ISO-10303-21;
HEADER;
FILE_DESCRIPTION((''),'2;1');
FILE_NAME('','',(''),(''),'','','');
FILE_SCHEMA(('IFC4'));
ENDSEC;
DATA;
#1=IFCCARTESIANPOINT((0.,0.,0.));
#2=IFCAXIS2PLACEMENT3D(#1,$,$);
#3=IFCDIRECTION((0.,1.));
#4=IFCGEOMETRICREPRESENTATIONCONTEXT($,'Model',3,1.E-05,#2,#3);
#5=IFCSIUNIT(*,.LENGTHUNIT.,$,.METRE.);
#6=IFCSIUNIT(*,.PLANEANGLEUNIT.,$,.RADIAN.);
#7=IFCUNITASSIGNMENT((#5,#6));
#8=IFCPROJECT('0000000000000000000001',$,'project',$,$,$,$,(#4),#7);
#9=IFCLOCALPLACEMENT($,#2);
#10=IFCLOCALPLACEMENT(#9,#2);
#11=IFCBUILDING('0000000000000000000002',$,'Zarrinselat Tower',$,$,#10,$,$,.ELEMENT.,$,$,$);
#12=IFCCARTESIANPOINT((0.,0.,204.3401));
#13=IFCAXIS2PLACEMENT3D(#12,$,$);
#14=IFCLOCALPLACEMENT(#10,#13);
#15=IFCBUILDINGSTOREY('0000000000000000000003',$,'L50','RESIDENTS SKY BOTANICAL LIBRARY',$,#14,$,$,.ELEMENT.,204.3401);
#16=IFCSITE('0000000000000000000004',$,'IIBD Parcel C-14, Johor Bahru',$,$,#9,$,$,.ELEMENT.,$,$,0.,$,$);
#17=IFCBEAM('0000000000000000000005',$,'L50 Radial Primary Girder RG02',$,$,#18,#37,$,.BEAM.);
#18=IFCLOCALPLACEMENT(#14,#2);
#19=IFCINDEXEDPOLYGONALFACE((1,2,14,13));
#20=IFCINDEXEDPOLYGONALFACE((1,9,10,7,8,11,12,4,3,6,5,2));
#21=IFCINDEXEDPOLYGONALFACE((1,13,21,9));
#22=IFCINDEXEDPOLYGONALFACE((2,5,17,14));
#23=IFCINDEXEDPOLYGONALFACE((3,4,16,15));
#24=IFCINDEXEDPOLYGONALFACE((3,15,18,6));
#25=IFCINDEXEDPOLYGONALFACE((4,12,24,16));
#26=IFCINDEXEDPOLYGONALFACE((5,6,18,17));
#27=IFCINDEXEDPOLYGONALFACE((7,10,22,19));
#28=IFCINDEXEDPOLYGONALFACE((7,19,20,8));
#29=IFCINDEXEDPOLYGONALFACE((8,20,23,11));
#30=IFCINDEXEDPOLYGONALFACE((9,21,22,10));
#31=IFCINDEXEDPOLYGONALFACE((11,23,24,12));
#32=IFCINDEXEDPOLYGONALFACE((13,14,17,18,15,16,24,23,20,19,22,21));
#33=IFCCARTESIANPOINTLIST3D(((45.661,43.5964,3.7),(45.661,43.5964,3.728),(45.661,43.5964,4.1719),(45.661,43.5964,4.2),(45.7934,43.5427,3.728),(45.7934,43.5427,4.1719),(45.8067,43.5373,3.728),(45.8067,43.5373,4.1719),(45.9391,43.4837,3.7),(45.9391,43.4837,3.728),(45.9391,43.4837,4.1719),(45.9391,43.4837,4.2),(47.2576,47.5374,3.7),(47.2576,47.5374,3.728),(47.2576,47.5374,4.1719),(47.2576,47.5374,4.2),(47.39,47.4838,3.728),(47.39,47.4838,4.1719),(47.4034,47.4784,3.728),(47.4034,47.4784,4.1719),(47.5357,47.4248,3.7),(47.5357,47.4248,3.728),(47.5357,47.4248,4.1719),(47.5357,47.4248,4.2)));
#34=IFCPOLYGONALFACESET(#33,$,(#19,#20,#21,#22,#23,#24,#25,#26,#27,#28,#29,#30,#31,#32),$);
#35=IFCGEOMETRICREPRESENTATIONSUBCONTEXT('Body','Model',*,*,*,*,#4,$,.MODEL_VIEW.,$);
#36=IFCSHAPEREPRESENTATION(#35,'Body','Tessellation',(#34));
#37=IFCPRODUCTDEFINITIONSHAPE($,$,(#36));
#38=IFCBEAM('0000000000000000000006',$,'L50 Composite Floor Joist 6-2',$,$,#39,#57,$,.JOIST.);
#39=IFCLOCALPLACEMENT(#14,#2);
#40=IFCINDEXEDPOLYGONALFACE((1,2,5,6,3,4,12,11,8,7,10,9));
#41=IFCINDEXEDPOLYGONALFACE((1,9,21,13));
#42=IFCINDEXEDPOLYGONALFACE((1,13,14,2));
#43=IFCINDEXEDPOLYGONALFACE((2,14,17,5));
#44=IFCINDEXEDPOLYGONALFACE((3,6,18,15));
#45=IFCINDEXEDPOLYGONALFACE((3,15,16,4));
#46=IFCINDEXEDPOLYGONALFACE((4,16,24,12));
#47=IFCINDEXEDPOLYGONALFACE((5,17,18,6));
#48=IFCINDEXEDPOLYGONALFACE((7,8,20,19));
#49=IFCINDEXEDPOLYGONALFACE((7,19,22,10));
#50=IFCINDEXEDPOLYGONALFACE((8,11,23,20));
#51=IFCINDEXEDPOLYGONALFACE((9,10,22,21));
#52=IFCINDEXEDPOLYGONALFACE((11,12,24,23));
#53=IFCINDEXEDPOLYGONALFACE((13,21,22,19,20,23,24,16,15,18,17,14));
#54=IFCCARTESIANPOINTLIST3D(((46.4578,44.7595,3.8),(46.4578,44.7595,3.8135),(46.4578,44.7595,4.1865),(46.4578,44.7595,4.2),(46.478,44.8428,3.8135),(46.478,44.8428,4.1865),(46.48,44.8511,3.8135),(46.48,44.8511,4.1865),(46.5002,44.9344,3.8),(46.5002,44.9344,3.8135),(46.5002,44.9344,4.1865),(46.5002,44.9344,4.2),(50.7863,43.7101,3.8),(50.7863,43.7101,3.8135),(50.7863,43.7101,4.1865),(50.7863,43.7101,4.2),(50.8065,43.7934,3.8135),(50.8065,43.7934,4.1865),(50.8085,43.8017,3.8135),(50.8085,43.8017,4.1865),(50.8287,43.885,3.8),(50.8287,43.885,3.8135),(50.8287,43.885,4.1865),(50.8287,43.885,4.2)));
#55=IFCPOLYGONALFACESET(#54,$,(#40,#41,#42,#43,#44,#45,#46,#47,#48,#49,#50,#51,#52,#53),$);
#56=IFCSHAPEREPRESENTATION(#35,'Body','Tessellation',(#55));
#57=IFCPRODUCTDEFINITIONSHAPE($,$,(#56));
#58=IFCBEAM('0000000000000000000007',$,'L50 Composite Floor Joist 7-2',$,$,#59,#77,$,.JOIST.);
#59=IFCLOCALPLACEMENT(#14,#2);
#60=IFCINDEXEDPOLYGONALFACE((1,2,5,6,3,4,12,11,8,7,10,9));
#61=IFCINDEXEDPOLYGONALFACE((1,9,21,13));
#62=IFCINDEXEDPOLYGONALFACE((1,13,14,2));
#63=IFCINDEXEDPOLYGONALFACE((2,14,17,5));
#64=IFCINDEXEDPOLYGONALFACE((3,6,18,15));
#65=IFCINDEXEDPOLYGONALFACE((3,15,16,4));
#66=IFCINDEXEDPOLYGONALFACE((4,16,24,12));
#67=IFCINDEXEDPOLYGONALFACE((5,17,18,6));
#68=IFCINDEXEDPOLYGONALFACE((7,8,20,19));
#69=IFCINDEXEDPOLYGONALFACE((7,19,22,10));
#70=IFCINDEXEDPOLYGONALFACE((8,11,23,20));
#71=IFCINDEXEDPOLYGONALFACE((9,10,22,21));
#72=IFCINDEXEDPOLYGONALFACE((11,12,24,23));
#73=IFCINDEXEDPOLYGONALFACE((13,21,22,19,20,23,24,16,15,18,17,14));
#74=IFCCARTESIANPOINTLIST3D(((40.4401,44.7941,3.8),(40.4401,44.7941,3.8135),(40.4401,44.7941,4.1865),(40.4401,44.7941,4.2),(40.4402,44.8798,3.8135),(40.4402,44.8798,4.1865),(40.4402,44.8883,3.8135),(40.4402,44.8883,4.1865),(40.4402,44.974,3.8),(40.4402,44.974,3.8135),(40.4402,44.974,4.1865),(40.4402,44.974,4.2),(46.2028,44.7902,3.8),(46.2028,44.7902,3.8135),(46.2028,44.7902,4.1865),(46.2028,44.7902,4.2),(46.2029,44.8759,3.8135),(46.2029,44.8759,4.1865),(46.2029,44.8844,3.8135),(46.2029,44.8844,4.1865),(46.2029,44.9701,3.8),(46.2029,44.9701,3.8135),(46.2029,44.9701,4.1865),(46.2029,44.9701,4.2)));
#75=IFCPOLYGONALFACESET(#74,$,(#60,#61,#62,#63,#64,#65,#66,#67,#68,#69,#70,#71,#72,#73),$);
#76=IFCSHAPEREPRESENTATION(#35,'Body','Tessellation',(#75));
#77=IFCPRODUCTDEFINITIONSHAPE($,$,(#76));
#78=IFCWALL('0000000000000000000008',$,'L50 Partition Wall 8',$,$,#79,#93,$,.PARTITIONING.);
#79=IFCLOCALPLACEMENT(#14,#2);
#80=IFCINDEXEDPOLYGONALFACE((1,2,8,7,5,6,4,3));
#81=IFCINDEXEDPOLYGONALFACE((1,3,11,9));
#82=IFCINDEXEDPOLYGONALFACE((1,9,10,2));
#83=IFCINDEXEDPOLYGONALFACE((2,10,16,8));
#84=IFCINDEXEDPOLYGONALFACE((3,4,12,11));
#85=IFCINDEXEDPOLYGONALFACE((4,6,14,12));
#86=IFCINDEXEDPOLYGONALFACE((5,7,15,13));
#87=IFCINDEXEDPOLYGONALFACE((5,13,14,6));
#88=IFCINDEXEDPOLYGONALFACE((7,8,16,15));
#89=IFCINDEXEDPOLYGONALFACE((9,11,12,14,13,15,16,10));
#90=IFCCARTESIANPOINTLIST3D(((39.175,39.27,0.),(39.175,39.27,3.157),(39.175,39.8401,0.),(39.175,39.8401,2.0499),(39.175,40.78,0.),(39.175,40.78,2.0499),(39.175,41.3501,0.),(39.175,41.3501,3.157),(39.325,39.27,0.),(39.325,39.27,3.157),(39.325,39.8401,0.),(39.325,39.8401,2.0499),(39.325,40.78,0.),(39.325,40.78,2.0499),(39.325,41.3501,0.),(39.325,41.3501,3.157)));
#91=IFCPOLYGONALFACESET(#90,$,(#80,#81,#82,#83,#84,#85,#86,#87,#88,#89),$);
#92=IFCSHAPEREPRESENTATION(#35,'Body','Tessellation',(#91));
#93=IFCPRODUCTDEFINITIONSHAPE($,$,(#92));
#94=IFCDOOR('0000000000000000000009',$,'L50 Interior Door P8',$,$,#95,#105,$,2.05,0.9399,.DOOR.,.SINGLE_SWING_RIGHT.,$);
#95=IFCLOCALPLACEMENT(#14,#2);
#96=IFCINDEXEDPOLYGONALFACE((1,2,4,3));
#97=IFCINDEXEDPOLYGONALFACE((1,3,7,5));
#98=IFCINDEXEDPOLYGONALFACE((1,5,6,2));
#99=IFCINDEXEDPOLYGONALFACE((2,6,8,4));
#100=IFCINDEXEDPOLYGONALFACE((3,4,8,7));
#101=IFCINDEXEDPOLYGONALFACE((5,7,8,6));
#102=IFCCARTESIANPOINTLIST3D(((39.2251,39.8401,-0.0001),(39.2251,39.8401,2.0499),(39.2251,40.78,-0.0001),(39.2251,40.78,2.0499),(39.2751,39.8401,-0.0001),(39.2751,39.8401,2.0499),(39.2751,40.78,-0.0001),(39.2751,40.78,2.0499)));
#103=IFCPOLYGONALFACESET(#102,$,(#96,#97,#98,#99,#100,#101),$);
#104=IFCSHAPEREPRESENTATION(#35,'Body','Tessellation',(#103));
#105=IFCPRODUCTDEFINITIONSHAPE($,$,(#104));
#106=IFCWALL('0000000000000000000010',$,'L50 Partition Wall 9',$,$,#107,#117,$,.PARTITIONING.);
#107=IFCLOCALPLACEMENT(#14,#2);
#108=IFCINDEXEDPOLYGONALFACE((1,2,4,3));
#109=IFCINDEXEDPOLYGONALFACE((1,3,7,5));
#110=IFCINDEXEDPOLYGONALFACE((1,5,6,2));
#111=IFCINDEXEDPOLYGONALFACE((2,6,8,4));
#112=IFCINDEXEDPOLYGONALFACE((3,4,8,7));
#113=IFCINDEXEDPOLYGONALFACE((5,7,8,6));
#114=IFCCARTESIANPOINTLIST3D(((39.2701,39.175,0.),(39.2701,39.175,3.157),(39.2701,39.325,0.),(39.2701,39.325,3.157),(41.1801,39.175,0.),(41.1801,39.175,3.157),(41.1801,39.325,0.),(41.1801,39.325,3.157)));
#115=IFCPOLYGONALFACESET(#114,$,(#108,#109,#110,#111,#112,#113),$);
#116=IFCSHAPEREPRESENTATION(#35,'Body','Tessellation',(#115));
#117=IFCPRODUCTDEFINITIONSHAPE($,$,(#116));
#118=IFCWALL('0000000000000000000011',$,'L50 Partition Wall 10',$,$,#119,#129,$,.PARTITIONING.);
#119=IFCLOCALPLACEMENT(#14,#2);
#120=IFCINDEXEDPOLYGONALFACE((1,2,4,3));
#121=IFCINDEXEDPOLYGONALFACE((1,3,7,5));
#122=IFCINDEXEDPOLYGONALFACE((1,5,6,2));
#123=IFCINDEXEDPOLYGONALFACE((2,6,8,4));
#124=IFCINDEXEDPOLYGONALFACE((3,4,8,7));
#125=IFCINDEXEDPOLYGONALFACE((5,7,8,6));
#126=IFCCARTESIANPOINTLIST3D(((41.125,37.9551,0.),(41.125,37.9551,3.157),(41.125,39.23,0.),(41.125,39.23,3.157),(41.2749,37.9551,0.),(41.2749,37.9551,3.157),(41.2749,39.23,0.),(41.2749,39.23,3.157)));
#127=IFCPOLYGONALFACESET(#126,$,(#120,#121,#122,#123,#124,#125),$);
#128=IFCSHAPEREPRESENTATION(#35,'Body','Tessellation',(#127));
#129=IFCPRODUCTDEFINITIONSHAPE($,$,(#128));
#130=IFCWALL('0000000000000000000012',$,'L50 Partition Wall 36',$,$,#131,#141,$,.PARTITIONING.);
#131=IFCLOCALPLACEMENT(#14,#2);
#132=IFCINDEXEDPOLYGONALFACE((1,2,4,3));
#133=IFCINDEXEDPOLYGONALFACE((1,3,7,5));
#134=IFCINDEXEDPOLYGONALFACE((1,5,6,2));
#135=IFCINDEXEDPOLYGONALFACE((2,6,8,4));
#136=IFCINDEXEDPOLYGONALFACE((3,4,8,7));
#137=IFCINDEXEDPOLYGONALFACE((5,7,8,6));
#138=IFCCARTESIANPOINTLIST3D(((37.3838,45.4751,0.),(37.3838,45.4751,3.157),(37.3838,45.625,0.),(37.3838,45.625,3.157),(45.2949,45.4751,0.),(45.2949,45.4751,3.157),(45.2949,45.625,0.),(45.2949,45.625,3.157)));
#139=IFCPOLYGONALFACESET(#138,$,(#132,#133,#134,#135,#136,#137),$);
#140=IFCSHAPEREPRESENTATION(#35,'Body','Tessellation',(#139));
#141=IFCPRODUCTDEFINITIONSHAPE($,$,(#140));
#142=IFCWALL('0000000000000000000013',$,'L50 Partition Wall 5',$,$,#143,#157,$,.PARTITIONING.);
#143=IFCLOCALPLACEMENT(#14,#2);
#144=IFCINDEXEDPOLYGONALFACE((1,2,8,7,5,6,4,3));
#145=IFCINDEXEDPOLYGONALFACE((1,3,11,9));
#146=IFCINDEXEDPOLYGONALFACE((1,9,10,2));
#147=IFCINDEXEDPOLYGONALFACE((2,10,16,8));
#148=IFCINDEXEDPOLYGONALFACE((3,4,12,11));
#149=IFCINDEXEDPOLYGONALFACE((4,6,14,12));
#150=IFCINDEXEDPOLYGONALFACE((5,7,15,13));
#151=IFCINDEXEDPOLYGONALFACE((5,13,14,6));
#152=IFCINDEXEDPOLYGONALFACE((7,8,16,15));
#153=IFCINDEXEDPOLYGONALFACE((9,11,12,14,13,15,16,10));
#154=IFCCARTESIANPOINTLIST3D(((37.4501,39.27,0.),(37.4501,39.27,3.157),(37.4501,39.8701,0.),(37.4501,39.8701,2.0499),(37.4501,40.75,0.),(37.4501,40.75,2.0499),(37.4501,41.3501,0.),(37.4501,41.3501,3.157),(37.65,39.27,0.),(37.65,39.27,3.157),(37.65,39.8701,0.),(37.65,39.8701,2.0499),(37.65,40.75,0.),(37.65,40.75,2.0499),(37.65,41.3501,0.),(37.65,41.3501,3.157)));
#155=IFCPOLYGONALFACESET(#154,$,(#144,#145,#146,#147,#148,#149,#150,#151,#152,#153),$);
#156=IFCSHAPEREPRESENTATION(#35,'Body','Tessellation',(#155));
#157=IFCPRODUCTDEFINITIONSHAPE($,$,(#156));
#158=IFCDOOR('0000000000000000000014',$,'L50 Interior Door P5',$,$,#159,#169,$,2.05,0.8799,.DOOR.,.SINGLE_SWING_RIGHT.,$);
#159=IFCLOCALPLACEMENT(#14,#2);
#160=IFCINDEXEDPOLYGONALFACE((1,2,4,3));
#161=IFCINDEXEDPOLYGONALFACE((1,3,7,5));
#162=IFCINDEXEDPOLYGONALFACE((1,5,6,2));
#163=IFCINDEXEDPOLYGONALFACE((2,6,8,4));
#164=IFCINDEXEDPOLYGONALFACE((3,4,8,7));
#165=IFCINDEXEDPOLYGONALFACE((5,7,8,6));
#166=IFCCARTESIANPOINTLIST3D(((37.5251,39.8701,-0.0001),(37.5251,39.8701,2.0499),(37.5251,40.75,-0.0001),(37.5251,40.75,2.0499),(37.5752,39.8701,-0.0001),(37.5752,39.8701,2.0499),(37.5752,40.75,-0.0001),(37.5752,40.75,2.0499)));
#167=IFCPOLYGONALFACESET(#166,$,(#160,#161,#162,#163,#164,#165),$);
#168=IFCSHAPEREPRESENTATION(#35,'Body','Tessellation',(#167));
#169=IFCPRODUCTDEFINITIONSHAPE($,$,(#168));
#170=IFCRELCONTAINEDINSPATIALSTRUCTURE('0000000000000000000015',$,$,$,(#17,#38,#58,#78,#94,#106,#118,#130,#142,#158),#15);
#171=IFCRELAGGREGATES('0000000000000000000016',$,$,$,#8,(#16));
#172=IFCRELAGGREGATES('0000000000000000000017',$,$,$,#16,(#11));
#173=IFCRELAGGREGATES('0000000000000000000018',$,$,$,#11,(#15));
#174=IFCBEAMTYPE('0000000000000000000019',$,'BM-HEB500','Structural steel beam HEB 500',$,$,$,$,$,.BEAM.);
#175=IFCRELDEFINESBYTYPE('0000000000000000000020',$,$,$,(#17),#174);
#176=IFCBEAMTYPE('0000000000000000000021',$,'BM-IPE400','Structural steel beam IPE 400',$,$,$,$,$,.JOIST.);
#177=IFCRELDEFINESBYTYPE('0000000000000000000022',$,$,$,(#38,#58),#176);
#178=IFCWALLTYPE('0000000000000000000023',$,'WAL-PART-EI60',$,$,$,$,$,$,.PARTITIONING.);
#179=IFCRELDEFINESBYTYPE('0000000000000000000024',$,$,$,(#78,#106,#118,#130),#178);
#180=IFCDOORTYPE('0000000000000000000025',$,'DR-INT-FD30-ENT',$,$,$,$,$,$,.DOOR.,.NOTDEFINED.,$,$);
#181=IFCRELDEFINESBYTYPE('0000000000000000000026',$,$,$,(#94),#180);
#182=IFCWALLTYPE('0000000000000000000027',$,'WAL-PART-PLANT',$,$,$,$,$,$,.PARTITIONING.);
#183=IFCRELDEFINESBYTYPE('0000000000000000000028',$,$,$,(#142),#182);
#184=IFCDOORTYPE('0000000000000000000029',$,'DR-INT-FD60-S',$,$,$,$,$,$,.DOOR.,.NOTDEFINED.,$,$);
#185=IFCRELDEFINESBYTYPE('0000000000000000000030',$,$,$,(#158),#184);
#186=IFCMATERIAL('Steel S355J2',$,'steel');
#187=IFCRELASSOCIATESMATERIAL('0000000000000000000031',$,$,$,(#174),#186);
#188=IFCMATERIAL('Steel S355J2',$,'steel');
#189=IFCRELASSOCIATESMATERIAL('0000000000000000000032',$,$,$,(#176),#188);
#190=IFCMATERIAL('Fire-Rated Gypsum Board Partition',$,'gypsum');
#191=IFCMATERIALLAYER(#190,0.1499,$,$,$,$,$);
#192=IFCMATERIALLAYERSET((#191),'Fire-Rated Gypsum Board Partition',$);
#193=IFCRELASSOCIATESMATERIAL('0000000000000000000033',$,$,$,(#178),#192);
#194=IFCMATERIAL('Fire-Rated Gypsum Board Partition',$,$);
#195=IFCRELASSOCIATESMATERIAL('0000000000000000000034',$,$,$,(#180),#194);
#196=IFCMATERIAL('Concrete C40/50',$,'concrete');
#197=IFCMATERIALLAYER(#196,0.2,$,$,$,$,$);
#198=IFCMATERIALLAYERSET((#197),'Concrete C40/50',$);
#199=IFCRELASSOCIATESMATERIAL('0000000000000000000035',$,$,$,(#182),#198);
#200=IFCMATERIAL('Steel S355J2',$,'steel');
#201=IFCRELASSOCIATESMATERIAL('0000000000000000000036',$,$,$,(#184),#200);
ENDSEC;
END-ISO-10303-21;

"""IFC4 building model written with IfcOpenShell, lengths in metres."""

from ifc_helpers import new_model, si_unit, direction, frame, frame_2d, origin, origin_2d, place, context, subcontext, project, spatial, rectangle, i_section, extrude, material, layer, layer_set, material_profile, profile_set, type_object, element, fill, save


model = new_model("IFC4")

# Units and contexts
model_context = context("Model", 3, precision=1e-05, world=origin(), true_north=direction((0.0, 1.0)))
body_context = subcontext(model_context, "Body", "Model", "MODEL_VIEW")
ifc_project = project(units=[si_unit("LENGTHUNIT", "METRE"), si_unit("PLANEANGLEUNIT", "RADIAN")], contexts=[model_context])

# Site, building, storey
site_placement = place(None, origin())
site = spatial("IfcSite", under=ifc_project, at=site_placement, Name="IIBD Parcel C-14, Johor Bahru", CompositionType="ELEMENT", RefElevation=0.0)
building_placement = place(site_placement, origin())
building = spatial("IfcBuilding", under=site, at=building_placement, Name="Zarrinselat Tower", CompositionType="ELEMENT")
storey_placement = place(building_placement, frame((0.0, 0.0, 204.3401)))
storey = spatial("IfcBuildingStorey", under=building, at=storey_placement, Name="L50", Description="RESIDENTS SKY BOTANICAL LIBRARY", CompositionType="ELEMENT", Elevation=204.3401)

# Beams
ifc_material_1 = material(Name="Steel S355J2", Category="steel")
ifc_material_profile_1 = material_profile(ifc_material_1, i_section(OverallWidth=0.3, OverallDepth=0.5, WebThickness=0.0144, FlangeThickness=0.0281, at=origin_2d()), Name="HEB 500")
ifc_profile_set_1 = profile_set([ifc_material_profile_1], Name="Steel S355J2")
beam_type_1 = type_object("IfcBeamType", Name="BM-HEB500", Description="Structural steel beam HEB 500", PredefinedType="BEAM", material=ifc_profile_set_1)
beam_1_placement = place(storey_placement, frame((45.8, 43.54, 3.95), z_axis=(0.375485, 0.926828, 0.0), x_axis=(-0.926828, 0.375485, 0.0)))
element("IfcBeam", 1, at=beam_1_placement, inside=storey, type_object=beam_type_1, Name="L50 Radial Primary Girder RG02", PredefinedType="BEAM", context=body_context, shape_type="SweptSolid", body=[
    extrude(i_section(OverallWidth=0.3, OverallDepth=0.5, WebThickness=0.0144, FlangeThickness=0.0281, at=origin_2d()), origin(), (0.0, 0.0, 1.0), 4.2522),
])
ifc_material_2 = material(Name="Steel S355J2", Category="steel")
ifc_material_profile_2 = material_profile(ifc_material_2, i_section(OverallWidth=0.1799, OverallDepth=0.3999, WebThickness=0.0085, FlangeThickness=0.0134, at=origin_2d()), Name="IPE 400")
ifc_profile_set_2 = profile_set([ifc_material_profile_2], Name="Steel S355J2")
beam_type_2 = type_object("IfcBeamType", Name="BM-IPE400", Description="Structural steel beam IPE 400", PredefinedType="JOIST", material=ifc_profile_set_2)
beam_2_placement = place(storey_placement, frame((46.479, 44.8469, 4.0), z_axis=(0.971849, -0.235603, 0.0), x_axis=(0.235603, 0.971849, 0.0)))
element("IfcBeam", 2, at=beam_2_placement, inside=storey, type_object=beam_type_2, Name="L50 Composite Floor Joist 6-2", PredefinedType="JOIST", context=body_context, shape_type="SweptSolid", body=[
    extrude(i_section(OverallWidth=0.1799, OverallDepth=0.3999, WebThickness=0.0085, FlangeThickness=0.0134, at=origin_2d()), origin(), (0.0, 0.0, 1.0), 4.4539),
])
beam_3_placement = place(storey_placement, frame((40.4402, 44.884, 4.0), z_axis=(1.0, -0.000678, 0.0), x_axis=(0.000678, 1.0, 0.0)))
element("IfcBeam", 3, at=beam_3_placement, inside=storey, type_object=beam_type_2, Name="L50 Composite Floor Joist 7-2", PredefinedType="JOIST", context=body_context, shape_type="SweptSolid", body=[
    extrude(i_section(OverallWidth=0.1799, OverallDepth=0.3999, WebThickness=0.0085, FlangeThickness=0.0134, at=origin_2d()), origin(), (0.0, 0.0, 1.0), 5.7627),
])

# Wall, opening, door
ifc_material_3 = material(Name="Fire-Rated Gypsum Board Partition", Category="gypsum")
ifc_layer_1 = layer(ifc_material_3, 0.1499)
ifc_layer_set_1 = layer_set([ifc_layer_1], Name="Fire-Rated Gypsum Board Partition")
wall_type_1 = type_object("IfcWallType", Name="WAL-PART-EI60", PredefinedType="PARTITIONING", material=ifc_layer_set_1)
wall_1_placement = place(storey_placement, frame((39.25, 39.27, 0.0), z_axis=(0.0, 0.0, 1.0), x_axis=(0.0, 1.0, 0.0)))
wall_1 = element("IfcWall", 4, at=wall_1_placement, inside=storey, type_object=wall_type_1, Name="L50 Partition Wall 8", PredefinedType="PARTITIONING", context=body_context, shape_type="SweptSolid", body=[
    extrude(rectangle(XDim=2.0801, YDim=0.1499, at=frame_2d((1.04, 0.0))), origin(), (0.0, 0.0, 1.0), 3.157),
])
opening_1_placement = place(wall_1_placement, frame((0.5701, 0.0, 0.0)))
opening_1 = element("IfcOpeningElement", 5, at=opening_1_placement, cuts=wall_1, PredefinedType="OPENING", context=body_context, shape_type="SweptSolid", body=[
    extrude(rectangle(XDim=0.9399, YDim=2.05, at=frame_2d((0.47, 1.0249))), frame((0.0, 0.085, 0.0), z_axis=(0.0, -1.0, 0.0), x_axis=(1.0, 0.0, 0.0)), (0.0, 0.0, 1.0), 0.1699),
])
ifc_material_4 = material(Name="Fire-Rated Gypsum Board Partition")
door_type_1 = type_object("IfcDoorType", Name="DR-INT-FD30-ENT", OperationType="NOTDEFINED", PredefinedType="DOOR", material=ifc_material_4)
door_1_placement = place(opening_1_placement, origin())
door_1 = element("IfcDoor", 6, at=door_1_placement, inside=storey, type_object=door_type_1, Name="L50 Interior Door P8", OperationType="SINGLE_SWING_RIGHT", OverallHeight=2.05, OverallWidth=0.9399, PredefinedType="DOOR", context=body_context, shape_type="SweptSolid", body=[
    extrude(rectangle(XDim=0.9399, YDim=2.05, at=frame_2d((0.47, 1.0249))), frame((0.0, 0.0249, 0.0), z_axis=(0.0, -1.0, 0.0), x_axis=(1.0, 0.0, 0.0)), (0.0, 0.0, 1.0), 0.05),
])
fill(opening_1, door_1)

# Walls
wall_2_placement = place(storey_placement, frame((39.27, 39.25, 0.0), z_axis=(0.0, 0.0, 1.0), x_axis=(1.0, 0.0, 0.0)))
element("IfcWall", 7, at=wall_2_placement, inside=storey, type_object=wall_type_1, Name="L50 Partition Wall 9", PredefinedType="PARTITIONING", context=body_context, shape_type="SweptSolid", body=[
    extrude(rectangle(XDim=1.9099, YDim=0.1499, at=frame_2d((0.9551, 0.0))), origin(), (0.0, 0.0, 1.0), 3.157),
])
wall_3_placement = place(storey_placement, frame((41.2, 37.9551, 0.0), z_axis=(0.0, 0.0, 1.0), x_axis=(0.0, 1.0, 0.0)))
element("IfcWall", 8, at=wall_3_placement, inside=storey, type_object=wall_type_1, Name="L50 Partition Wall 10", PredefinedType="PARTITIONING", context=body_context, shape_type="SweptSolid", body=[
    extrude(rectangle(XDim=1.2749, YDim=0.1499, at=frame_2d((0.6375, 0.0))), origin(), (0.0, 0.0, 1.0), 3.157),
])
wall_4_placement = place(storey_placement, frame((37.3838, 45.55, 0.0), z_axis=(0.0, 0.0, 1.0), x_axis=(1.0, 0.0, 0.0)))
element("IfcWall", 9, at=wall_4_placement, inside=storey, type_object=wall_type_1, Name="L50 Partition Wall 36", PredefinedType="PARTITIONING", context=body_context, shape_type="SweptSolid", body=[
    extrude(rectangle(XDim=7.9111, YDim=0.1499, at=frame_2d((3.9556, 0.0))), origin(), (0.0, 0.0, 1.0), 3.157),
])

# Wall, opening, door
ifc_material_5 = material(Name="Concrete C40/50", Category="concrete")
ifc_layer_2 = layer(ifc_material_5, 0.2)
ifc_layer_set_2 = layer_set([ifc_layer_2], Name="Concrete C40/50")
wall_type_2 = type_object("IfcWallType", Name="WAL-PART-PLANT", PredefinedType="PARTITIONING", material=ifc_layer_set_2)
wall_5_placement = place(storey_placement, frame((37.55, 39.27, 0.0), z_axis=(0.0, 0.0, 1.0), x_axis=(0.0, 1.0, 0.0)))
wall_5 = element("IfcWall", 10, at=wall_5_placement, inside=storey, type_object=wall_type_2, Name="L50 Partition Wall 5", PredefinedType="PARTITIONING", context=body_context, shape_type="SweptSolid", body=[
    extrude(rectangle(XDim=2.0801, YDim=0.2, at=frame_2d((1.04, 0.0))), origin(), (0.0, 0.0, 1.0), 3.157),
])
opening_2_placement = place(wall_5_placement, frame((0.6001, 0.0, 0.0)))
opening_2 = element("IfcOpeningElement", 11, at=opening_2_placement, cuts=wall_5, PredefinedType="OPENING", context=body_context, shape_type="SweptSolid", body=[
    extrude(rectangle(XDim=0.8799, YDim=2.05, at=frame_2d((0.4399, 1.0249))), frame((0.0, 0.1099, 0.0), z_axis=(0.0, -1.0, 0.0), x_axis=(1.0, 0.0, 0.0)), (0.0, 0.0, 1.0), 0.22),
])
ifc_material_6 = material(Name="Steel S355J2", Category="steel")
door_type_2 = type_object("IfcDoorType", Name="DR-INT-FD60-S", OperationType="NOTDEFINED", PredefinedType="DOOR", material=ifc_material_6)
door_2_placement = place(opening_2_placement, origin())
door_2 = element("IfcDoor", 12, at=door_2_placement, inside=storey, type_object=door_type_2, Name="L50 Interior Door P5", OperationType="SINGLE_SWING_RIGHT", OverallHeight=2.05, OverallWidth=0.8799, PredefinedType="DOOR", context=body_context, shape_type="SweptSolid", body=[
    extrude(rectangle(XDim=0.8799, YDim=2.05, at=frame_2d((0.4399, 1.0249))), frame((0.0, 0.0249, 0.0), z_axis=(0.0, -1.0, 0.0), x_axis=(1.0, 0.0, 0.0)), (0.0, 0.0, 1.0), 0.05),
])
fill(opening_2, door_2)

save(model, "model.ifc")
